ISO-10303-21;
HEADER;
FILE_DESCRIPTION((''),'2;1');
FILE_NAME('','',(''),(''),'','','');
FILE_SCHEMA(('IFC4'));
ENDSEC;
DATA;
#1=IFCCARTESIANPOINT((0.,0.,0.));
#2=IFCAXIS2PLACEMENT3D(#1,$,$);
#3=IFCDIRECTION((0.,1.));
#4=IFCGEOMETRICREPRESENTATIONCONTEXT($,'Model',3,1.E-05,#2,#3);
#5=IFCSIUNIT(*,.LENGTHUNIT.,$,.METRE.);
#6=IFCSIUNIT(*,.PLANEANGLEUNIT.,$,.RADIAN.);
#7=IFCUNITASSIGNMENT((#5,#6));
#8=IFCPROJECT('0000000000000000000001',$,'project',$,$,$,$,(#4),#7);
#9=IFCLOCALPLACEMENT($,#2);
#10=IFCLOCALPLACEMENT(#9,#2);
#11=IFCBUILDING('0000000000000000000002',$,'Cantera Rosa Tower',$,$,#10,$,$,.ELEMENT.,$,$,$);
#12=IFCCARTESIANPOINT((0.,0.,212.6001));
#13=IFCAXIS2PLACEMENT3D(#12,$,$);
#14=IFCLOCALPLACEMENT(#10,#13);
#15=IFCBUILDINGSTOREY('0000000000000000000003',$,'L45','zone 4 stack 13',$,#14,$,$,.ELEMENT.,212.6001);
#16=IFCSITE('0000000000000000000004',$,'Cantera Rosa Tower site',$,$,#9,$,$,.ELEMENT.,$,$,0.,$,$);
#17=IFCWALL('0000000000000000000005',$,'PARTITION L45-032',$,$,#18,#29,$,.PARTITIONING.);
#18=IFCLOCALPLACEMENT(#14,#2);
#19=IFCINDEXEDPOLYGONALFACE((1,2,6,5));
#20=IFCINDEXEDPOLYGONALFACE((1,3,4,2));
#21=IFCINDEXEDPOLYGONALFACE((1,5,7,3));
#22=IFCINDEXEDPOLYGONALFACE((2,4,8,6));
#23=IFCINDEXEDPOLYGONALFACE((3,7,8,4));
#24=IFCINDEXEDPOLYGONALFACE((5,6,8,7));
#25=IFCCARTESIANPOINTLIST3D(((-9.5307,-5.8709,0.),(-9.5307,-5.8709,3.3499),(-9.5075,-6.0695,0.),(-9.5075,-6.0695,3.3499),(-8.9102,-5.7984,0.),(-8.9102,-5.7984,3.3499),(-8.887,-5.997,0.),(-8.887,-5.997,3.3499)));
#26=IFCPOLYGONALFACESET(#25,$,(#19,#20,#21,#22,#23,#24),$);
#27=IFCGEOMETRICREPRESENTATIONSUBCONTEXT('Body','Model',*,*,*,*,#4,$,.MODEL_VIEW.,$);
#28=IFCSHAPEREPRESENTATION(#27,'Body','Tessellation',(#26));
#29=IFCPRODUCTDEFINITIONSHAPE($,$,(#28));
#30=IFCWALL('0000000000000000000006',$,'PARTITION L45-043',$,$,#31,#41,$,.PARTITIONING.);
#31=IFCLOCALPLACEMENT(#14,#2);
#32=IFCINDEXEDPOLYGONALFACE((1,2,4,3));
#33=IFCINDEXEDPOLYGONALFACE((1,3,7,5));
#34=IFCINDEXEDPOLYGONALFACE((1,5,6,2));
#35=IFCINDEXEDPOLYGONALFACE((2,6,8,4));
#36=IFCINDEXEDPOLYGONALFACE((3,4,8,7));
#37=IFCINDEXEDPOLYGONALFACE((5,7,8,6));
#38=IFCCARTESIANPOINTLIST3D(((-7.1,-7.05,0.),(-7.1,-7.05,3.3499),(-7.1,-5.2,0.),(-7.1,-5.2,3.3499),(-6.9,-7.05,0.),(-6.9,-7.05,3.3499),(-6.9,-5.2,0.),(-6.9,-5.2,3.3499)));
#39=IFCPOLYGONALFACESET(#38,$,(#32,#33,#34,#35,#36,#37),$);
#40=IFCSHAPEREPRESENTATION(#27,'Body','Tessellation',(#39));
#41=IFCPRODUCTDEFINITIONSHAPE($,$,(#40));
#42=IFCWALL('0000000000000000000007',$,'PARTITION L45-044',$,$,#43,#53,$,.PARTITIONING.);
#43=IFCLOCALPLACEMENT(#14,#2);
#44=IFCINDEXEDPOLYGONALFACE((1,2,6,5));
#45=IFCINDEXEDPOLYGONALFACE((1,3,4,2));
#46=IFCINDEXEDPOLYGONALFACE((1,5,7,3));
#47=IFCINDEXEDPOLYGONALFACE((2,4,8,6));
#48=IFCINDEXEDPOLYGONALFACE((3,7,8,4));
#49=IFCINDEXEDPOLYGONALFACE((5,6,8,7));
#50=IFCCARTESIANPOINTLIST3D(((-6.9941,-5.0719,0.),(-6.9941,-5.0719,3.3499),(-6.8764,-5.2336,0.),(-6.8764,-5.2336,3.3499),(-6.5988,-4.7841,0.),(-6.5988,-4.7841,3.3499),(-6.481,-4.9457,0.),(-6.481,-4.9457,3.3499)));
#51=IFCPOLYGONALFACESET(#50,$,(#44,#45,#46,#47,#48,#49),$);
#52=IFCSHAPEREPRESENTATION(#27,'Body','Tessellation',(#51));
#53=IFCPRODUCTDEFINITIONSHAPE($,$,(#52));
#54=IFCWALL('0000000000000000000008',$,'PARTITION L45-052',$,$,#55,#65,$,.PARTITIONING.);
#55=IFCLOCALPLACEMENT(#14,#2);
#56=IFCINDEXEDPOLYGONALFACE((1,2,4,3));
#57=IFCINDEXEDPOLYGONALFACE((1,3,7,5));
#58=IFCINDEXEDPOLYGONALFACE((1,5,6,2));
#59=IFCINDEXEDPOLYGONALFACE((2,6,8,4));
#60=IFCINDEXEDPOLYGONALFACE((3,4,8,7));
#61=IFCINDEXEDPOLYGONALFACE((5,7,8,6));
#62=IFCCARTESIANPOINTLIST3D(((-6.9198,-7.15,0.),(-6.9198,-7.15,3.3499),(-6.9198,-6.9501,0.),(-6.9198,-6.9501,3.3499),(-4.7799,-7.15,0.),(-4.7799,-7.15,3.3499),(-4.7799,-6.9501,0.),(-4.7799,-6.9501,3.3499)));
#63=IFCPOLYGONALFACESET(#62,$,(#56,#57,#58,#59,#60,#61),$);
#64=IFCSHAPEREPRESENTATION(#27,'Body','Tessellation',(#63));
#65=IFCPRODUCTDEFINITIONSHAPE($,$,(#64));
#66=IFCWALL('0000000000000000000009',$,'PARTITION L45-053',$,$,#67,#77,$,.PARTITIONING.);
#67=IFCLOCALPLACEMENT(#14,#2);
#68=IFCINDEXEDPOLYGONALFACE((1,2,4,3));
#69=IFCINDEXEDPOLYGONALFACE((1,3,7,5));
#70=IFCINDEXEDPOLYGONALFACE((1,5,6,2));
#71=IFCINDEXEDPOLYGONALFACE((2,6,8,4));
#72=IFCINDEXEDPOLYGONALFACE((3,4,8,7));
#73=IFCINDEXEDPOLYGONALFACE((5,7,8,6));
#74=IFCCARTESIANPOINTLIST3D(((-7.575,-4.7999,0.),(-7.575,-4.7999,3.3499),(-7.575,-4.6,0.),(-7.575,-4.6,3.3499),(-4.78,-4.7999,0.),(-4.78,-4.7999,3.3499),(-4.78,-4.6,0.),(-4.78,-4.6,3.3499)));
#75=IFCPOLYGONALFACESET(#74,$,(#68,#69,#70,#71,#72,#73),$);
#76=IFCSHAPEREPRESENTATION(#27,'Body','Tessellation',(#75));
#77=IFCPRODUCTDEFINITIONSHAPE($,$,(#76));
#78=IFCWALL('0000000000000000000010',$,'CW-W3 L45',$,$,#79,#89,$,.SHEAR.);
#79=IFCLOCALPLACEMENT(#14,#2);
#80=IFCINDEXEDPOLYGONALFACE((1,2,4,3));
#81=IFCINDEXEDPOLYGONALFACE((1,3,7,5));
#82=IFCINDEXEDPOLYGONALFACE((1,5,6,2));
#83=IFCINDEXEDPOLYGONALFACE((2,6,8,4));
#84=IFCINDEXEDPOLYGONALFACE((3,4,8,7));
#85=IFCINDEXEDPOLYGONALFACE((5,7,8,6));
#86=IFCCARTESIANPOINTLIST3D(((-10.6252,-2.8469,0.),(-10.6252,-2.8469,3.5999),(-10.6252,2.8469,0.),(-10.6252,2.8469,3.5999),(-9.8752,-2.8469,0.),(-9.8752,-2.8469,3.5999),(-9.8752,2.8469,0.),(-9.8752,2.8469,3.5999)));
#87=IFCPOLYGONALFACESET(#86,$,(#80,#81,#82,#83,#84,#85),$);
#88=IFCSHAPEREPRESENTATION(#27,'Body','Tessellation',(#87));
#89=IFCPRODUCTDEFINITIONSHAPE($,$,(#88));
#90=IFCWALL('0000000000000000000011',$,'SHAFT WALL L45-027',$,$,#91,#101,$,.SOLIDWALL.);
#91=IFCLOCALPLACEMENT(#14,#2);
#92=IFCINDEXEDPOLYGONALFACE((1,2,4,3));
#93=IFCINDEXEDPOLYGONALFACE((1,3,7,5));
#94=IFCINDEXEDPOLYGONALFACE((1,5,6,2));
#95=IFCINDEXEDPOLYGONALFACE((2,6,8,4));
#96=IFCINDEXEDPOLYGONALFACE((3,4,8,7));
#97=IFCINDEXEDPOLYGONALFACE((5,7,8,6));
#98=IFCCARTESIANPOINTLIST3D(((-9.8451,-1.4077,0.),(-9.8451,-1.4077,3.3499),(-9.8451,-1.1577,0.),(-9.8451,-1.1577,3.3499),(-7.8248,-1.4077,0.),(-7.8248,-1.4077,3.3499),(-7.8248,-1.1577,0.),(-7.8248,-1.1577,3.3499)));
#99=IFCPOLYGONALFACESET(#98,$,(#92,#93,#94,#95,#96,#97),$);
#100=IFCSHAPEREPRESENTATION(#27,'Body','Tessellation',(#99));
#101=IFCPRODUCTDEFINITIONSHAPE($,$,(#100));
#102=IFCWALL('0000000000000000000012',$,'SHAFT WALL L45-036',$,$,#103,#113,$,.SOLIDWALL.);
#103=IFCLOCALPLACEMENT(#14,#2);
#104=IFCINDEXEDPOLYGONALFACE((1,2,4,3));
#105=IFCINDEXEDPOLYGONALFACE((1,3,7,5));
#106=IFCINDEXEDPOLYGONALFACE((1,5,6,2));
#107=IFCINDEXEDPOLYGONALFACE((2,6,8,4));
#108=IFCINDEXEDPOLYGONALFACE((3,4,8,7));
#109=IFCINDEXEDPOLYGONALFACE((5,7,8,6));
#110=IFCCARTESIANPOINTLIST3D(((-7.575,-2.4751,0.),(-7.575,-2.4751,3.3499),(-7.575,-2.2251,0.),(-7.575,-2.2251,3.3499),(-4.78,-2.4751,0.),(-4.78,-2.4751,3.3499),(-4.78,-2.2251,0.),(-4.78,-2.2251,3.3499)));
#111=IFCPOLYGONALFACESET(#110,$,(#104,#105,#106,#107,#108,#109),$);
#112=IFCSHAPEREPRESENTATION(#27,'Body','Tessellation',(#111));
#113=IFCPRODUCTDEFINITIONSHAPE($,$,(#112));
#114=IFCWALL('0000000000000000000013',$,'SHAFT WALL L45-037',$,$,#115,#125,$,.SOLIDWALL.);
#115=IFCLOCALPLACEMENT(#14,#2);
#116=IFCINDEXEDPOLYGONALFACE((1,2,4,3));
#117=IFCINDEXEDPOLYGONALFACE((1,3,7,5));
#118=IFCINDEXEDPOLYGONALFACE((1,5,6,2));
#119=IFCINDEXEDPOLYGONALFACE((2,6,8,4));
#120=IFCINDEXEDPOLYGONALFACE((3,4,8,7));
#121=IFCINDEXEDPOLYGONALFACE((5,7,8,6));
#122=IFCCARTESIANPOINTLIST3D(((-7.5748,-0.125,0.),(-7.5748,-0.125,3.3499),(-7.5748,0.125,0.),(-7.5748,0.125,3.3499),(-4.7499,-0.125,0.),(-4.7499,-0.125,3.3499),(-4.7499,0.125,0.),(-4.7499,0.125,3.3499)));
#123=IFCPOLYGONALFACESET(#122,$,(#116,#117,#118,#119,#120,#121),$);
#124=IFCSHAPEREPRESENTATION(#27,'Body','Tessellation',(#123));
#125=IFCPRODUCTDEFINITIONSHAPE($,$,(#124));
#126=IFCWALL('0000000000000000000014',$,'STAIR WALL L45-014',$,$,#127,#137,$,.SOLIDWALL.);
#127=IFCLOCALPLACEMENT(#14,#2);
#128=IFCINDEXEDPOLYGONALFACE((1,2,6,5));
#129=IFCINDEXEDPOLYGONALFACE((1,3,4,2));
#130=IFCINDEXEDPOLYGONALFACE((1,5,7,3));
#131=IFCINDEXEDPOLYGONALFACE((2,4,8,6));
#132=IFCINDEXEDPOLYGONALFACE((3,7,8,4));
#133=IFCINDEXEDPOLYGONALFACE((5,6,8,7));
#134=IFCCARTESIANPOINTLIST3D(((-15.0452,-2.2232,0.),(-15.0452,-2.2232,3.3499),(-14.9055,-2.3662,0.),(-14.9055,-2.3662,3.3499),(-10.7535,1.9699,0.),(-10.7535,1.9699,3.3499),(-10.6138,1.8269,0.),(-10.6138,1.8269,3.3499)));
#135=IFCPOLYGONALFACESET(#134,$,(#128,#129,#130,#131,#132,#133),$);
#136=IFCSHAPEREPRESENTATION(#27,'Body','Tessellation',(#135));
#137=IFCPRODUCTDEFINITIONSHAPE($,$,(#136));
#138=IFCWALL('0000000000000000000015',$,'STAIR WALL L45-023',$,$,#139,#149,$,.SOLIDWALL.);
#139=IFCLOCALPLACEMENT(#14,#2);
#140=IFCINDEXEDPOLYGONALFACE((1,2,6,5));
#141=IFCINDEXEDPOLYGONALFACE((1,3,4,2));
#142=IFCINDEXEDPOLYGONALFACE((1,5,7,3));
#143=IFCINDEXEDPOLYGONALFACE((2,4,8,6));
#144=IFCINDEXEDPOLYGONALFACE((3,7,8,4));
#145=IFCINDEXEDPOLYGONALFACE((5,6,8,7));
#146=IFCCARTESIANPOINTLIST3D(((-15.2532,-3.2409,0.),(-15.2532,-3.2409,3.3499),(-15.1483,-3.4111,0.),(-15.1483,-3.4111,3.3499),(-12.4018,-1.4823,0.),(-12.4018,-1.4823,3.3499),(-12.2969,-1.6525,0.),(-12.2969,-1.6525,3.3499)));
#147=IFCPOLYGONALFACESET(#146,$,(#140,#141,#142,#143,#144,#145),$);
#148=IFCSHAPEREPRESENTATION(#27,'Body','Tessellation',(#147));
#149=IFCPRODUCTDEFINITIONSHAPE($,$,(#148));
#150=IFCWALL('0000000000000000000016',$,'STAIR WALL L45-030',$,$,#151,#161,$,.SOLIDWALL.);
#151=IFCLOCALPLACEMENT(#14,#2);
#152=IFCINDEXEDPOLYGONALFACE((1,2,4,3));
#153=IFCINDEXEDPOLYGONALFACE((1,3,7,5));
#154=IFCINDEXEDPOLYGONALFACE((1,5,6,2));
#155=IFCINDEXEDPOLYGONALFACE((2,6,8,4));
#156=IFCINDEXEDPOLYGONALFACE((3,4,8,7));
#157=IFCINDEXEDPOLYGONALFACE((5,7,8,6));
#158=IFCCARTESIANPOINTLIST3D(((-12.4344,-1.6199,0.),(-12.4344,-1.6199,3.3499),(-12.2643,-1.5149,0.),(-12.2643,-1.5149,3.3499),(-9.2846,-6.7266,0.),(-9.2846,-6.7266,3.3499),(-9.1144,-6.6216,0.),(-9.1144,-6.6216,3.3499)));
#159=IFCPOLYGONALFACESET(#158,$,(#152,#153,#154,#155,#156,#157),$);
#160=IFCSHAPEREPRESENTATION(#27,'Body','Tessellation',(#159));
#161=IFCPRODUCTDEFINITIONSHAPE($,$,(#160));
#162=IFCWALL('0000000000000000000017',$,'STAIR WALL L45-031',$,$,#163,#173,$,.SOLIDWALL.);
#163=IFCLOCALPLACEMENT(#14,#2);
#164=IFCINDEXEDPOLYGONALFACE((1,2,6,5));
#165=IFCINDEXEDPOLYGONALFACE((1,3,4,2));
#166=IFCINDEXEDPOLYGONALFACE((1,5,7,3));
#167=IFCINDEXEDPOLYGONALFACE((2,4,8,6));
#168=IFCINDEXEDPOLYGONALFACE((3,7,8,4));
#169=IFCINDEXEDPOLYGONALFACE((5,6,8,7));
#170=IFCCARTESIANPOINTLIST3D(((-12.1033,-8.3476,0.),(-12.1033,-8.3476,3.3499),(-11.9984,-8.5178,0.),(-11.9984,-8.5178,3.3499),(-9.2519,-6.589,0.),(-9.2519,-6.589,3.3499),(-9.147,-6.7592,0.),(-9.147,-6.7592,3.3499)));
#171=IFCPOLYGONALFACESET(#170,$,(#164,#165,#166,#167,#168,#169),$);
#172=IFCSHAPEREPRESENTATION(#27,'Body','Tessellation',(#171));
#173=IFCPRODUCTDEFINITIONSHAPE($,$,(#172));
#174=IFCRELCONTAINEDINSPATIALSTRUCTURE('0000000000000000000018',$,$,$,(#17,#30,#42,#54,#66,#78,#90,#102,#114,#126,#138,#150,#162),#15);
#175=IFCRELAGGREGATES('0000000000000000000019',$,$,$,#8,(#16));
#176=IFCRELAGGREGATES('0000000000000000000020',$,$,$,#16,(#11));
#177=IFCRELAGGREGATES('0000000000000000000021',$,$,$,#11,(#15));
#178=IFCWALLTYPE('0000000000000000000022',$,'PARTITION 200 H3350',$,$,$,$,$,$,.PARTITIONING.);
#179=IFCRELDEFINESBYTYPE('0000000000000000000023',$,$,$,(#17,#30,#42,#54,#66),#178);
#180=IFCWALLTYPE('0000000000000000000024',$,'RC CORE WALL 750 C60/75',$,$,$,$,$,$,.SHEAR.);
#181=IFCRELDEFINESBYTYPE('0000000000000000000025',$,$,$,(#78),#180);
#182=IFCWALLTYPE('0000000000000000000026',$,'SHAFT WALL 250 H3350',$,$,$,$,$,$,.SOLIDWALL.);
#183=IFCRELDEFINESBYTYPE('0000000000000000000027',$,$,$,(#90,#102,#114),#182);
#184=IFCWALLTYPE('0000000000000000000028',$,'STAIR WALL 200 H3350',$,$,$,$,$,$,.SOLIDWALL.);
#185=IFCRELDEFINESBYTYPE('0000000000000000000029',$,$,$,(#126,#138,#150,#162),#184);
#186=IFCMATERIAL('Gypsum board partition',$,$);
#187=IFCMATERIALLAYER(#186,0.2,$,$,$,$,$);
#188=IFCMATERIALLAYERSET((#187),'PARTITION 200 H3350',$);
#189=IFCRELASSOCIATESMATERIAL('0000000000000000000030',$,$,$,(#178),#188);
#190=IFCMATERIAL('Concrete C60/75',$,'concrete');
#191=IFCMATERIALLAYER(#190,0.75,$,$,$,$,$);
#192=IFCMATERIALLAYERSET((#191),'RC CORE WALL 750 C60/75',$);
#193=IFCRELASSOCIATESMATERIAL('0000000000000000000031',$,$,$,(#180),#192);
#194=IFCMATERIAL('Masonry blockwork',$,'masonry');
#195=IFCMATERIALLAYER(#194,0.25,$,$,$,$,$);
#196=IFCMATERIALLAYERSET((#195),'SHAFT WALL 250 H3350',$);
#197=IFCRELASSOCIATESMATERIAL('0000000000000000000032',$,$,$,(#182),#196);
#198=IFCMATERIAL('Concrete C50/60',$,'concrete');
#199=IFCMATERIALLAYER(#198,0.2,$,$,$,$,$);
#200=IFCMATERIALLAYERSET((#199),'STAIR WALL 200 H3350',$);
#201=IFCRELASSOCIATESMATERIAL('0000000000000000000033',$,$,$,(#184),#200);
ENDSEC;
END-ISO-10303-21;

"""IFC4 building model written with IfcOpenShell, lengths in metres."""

from ifc_helpers import new_model, si_unit, direction, frame, frame_2d, origin, place, context, subcontext, project, spatial, rectangle, extrude, material, layer, layer_set, type_object, element, save


model = new_model("IFC4")

# Units and contexts
model_context = context("Model", 3, precision=1e-05, world=origin(), true_north=direction((0.0, 1.0)))
body_context = subcontext(model_context, "Body", "Model", "MODEL_VIEW")
ifc_project = project(units=[si_unit("LENGTHUNIT", "METRE"), si_unit("PLANEANGLEUNIT", "RADIAN")], contexts=[model_context])

# Site, building, storey
site_placement = place(None, origin())
site = spatial("IfcSite", under=ifc_project, at=site_placement, Name="Cantera Rosa Tower site", CompositionType="ELEMENT", RefElevation=0.0)
building_placement = place(site_placement, origin())
building = spatial("IfcBuilding", under=site, at=building_placement, Name="Cantera Rosa Tower", CompositionType="ELEMENT")
storey_placement = place(building_placement, frame((0.0, 0.0, 212.6001)))
storey = spatial("IfcBuildingStorey", under=building, at=storey_placement, Name="L45", Description="zone 4 stack 13", CompositionType="ELEMENT", Elevation=212.6001)

# Walls
ifc_material_1 = material(Name="Gypsum board partition")
ifc_layer_1 = layer(ifc_material_1, 0.2)
ifc_layer_set_1 = layer_set([ifc_layer_1], Name="PARTITION 200 H3350")
wall_type_1 = type_object("IfcWallType", Name="PARTITION 200 H3350", PredefinedType="PARTITIONING", material=ifc_layer_set_1)
wall_1_placement = place(storey_placement, frame((-8.8984, -5.8977, 0.0), z_axis=(0.0, 0.0, 1.0), x_axis=(-0.993244, -0.116048, 0.0)))
element("IfcWall", 1, at=wall_1_placement, inside=storey, type_object=wall_type_1, Name="PARTITION L45-032", PredefinedType="PARTITIONING", context=body_context, shape_type="SweptSolid", body=[
    extrude(rectangle(XDim=0.6248, YDim=0.2, at=frame_2d((0.3125, 0.0))), origin(), (0.0, 0.0, 1.0), 3.3499),
])
wall_2_placement = place(storey_placement, frame((-7.0, -7.05, 0.0), z_axis=(0.0, 0.0, 1.0), x_axis=(0.0, 1.0, 0.0)))
element("IfcWall", 2, at=wall_2_placement, inside=storey, type_object=wall_type_1, Name="PARTITION L45-043", PredefinedType="PARTITIONING", context=body_context, shape_type="SweptSolid", body=[
    extrude(rectangle(XDim=1.8501, YDim=0.2, at=frame_2d((0.925, 0.0))), origin(), (0.0, 0.0, 1.0), 3.3499),
])
wall_3_placement = place(storey_placement, frame((-6.9353, -5.1528, 0.0), z_axis=(0.0, 0.0, 1.0), x_axis=(0.808369, 0.588676, 0.0)))
element("IfcWall", 3, at=wall_3_placement, inside=storey, type_object=wall_type_1, Name="PARTITION L45-044", PredefinedType="PARTITIONING", context=body_context, shape_type="SweptSolid", body=[
    extrude(rectangle(XDim=0.489, YDim=0.2, at=frame_2d((0.2446, 0.0))), origin(), (0.0, 0.0, 1.0), 3.3499),
])
wall_4_placement = place(storey_placement, frame((-4.78, -7.05, 0.0), z_axis=(0.0, 0.0, 1.0), x_axis=(-1.0, 0.0, 0.0)))
element("IfcWall", 4, at=wall_4_placement, inside=storey, type_object=wall_type_1, Name="PARTITION L45-052", PredefinedType="PARTITIONING", context=body_context, shape_type="SweptSolid", body=[
    extrude(rectangle(XDim=2.1399, YDim=0.2, at=frame_2d((1.0698, 0.0))), origin(), (0.0, 0.0, 1.0), 3.3499),
])
wall_5_placement = place(storey_placement, frame((-4.78, -4.7, 0.0), z_axis=(0.0, 0.0, 1.0), x_axis=(-1.0, 0.0, 0.0)))
element("IfcWall", 5, at=wall_5_placement, inside=storey, type_object=wall_type_1, Name="PARTITION L45-053", PredefinedType="PARTITIONING", context=body_context, shape_type="SweptSolid", body=[
    extrude(rectangle(XDim=2.7949, YDim=0.2, at=frame_2d((1.3975, 0.0))), origin(), (0.0, 0.0, 1.0), 3.3499),
])
ifc_material_2 = material(Name="Concrete C60/75", Category="concrete")
ifc_layer_2 = layer(ifc_material_2, 0.75)
ifc_layer_set_2 = layer_set([ifc_layer_2], Name="RC CORE WALL 750 C60/75")
wall_type_2 = type_object("IfcWallType", Name="RC CORE WALL 750 C60/75", PredefinedType="SHEAR", material=ifc_layer_set_2)
wall_6_placement = place(storey_placement, frame((-10.2502, -2.8469, 0.0), z_axis=(0.0, 0.0, 1.0), x_axis=(0.0, 1.0, 0.0)))
element("IfcWall", 6, at=wall_6_placement, inside=storey, type_object=wall_type_2, Name="CW-W3 L45", PredefinedType="SHEAR", context=body_context, shape_type="SweptSolid", body=[
    extrude(rectangle(XDim=5.6938, YDim=0.75, at=frame_2d((2.8469, 0.0))), origin(), (0.0, 0.0, 1.0), 3.5999),
])
ifc_material_3 = material(Name="Masonry blockwork", Category="masonry")
ifc_layer_3 = layer(ifc_material_3, 0.25)
ifc_layer_set_3 = layer_set([ifc_layer_3], Name="SHAFT WALL 250 H3350")
wall_type_3 = type_object("IfcWallType", Name="SHAFT WALL 250 H3350", PredefinedType="SOLIDWALL", material=ifc_layer_set_3)
wall_7_placement = place(storey_placement, frame((-9.8452, -1.2827, 0.0), z_axis=(0.0, 0.0, 1.0), x_axis=(1.0, 0.0, 0.0)))
element("IfcWall", 7, at=wall_7_placement, inside=storey, type_object=wall_type_3, Name="SHAFT WALL L45-027", PredefinedType="SOLIDWALL", context=body_context, shape_type="SweptSolid", body=[
    extrude(rectangle(XDim=2.0203, YDim=0.25, at=frame_2d((1.0103, 0.0))), origin(), (0.0, 0.0, 1.0), 3.3499),
])
wall_8_placement = place(storey_placement, frame((-7.575, -2.3501, 0.0), z_axis=(0.0, 0.0, 1.0), x_axis=(1.0, 0.0, 0.0)))
element("IfcWall", 8, at=wall_8_placement, inside=storey, type_object=wall_type_3, Name="SHAFT WALL L45-036", PredefinedType="SOLIDWALL", context=body_context, shape_type="SweptSolid", body=[
    extrude(rectangle(XDim=2.7949, YDim=0.25, at=frame_2d((1.3975, 0.0))), origin(), (0.0, 0.0, 1.0), 3.3499),
])
wall_9_placement = place(storey_placement, frame((-7.575, 0.0, 0.0), z_axis=(0.0, 0.0, 1.0), x_axis=(1.0, 0.0, 0.0)))
element("IfcWall", 9, at=wall_9_placement, inside=storey, type_object=wall_type_3, Name="SHAFT WALL L45-037", PredefinedType="SOLIDWALL", context=body_context, shape_type="SweptSolid", body=[
    extrude(rectangle(XDim=2.825, YDim=0.25, at=frame_2d((1.4126, 0.0))), origin(), (0.0, 0.0, 1.0), 3.3499),
])
ifc_material_4 = material(Name="Concrete C50/60", Category="concrete")
ifc_layer_4 = layer(ifc_material_4, 0.2)
ifc_layer_set_4 = layer_set([ifc_layer_4], Name="STAIR WALL 200 H3350")
wall_type_4 = type_object("IfcWallType", Name="STAIR WALL 200 H3350", PredefinedType="SOLIDWALL", material=ifc_layer_set_4)
wall_10_placement = place(storey_placement, frame((-14.9753, -2.2947, 0.0), z_axis=(0.0, 0.0, 1.0), x_axis=(0.715278, 0.69884, 0.0)))
element("IfcWall", 10, at=wall_10_placement, inside=storey, type_object=wall_type_4, Name="STAIR WALL L45-014", PredefinedType="SOLIDWALL", context=body_context, shape_type="SweptSolid", body=[
    extrude(rectangle(XDim=6.0, YDim=0.2, at=frame_2d((3.0, 0.0))), origin(), (0.0, 0.0, 1.0), 3.3499),
])
wall_11_placement = place(storey_placement, frame((-12.3494, -1.5674, 0.0), z_axis=(0.0, 0.0, 1.0), x_axis=(-0.85114, -0.524939, 0.0)))
element("IfcWall", 11, at=wall_11_placement, inside=storey, type_object=wall_type_4, Name="STAIR WALL L45-023", PredefinedType="SOLIDWALL", context=body_context, shape_type="SweptSolid", body=[
    extrude(rectangle(XDim=3.3501, YDim=0.2, at=frame_2d((1.675, 0.0))), origin(), (0.0, 0.0, 1.0), 3.3499),
])
wall_12_placement = place(storey_placement, frame((-9.1995, -6.6741, 0.0), z_axis=(0.0, 0.0, 1.0), x_axis=(-0.524983, 0.851113, 0.0)))
element("IfcWall", 12, at=wall_12_placement, inside=storey, type_object=wall_type_4, Name="STAIR WALL L45-030", PredefinedType="SOLIDWALL", context=body_context, shape_type="SweptSolid", body=[
    extrude(rectangle(XDim=6.0, YDim=0.2, at=frame_2d((3.0, 0.0))), origin(), (0.0, 0.0, 1.0), 3.3499),
])
wall_13_placement = place(storey_placement, frame((-9.1995, -6.6741, 0.0), z_axis=(0.0, 0.0, 1.0), x_axis=(-0.85114, -0.524939, 0.0)))
element("IfcWall", 13, at=wall_13_placement, inside=storey, type_object=wall_type_4, Name="STAIR WALL L45-031", PredefinedType="SOLIDWALL", context=body_context, shape_type="SweptSolid", body=[
    extrude(rectangle(XDim=3.3501, YDim=0.2, at=frame_2d((1.675, 0.0))), origin(), (0.0, 0.0, 1.0), 3.3499),
])

save(model, "model.ifc")
